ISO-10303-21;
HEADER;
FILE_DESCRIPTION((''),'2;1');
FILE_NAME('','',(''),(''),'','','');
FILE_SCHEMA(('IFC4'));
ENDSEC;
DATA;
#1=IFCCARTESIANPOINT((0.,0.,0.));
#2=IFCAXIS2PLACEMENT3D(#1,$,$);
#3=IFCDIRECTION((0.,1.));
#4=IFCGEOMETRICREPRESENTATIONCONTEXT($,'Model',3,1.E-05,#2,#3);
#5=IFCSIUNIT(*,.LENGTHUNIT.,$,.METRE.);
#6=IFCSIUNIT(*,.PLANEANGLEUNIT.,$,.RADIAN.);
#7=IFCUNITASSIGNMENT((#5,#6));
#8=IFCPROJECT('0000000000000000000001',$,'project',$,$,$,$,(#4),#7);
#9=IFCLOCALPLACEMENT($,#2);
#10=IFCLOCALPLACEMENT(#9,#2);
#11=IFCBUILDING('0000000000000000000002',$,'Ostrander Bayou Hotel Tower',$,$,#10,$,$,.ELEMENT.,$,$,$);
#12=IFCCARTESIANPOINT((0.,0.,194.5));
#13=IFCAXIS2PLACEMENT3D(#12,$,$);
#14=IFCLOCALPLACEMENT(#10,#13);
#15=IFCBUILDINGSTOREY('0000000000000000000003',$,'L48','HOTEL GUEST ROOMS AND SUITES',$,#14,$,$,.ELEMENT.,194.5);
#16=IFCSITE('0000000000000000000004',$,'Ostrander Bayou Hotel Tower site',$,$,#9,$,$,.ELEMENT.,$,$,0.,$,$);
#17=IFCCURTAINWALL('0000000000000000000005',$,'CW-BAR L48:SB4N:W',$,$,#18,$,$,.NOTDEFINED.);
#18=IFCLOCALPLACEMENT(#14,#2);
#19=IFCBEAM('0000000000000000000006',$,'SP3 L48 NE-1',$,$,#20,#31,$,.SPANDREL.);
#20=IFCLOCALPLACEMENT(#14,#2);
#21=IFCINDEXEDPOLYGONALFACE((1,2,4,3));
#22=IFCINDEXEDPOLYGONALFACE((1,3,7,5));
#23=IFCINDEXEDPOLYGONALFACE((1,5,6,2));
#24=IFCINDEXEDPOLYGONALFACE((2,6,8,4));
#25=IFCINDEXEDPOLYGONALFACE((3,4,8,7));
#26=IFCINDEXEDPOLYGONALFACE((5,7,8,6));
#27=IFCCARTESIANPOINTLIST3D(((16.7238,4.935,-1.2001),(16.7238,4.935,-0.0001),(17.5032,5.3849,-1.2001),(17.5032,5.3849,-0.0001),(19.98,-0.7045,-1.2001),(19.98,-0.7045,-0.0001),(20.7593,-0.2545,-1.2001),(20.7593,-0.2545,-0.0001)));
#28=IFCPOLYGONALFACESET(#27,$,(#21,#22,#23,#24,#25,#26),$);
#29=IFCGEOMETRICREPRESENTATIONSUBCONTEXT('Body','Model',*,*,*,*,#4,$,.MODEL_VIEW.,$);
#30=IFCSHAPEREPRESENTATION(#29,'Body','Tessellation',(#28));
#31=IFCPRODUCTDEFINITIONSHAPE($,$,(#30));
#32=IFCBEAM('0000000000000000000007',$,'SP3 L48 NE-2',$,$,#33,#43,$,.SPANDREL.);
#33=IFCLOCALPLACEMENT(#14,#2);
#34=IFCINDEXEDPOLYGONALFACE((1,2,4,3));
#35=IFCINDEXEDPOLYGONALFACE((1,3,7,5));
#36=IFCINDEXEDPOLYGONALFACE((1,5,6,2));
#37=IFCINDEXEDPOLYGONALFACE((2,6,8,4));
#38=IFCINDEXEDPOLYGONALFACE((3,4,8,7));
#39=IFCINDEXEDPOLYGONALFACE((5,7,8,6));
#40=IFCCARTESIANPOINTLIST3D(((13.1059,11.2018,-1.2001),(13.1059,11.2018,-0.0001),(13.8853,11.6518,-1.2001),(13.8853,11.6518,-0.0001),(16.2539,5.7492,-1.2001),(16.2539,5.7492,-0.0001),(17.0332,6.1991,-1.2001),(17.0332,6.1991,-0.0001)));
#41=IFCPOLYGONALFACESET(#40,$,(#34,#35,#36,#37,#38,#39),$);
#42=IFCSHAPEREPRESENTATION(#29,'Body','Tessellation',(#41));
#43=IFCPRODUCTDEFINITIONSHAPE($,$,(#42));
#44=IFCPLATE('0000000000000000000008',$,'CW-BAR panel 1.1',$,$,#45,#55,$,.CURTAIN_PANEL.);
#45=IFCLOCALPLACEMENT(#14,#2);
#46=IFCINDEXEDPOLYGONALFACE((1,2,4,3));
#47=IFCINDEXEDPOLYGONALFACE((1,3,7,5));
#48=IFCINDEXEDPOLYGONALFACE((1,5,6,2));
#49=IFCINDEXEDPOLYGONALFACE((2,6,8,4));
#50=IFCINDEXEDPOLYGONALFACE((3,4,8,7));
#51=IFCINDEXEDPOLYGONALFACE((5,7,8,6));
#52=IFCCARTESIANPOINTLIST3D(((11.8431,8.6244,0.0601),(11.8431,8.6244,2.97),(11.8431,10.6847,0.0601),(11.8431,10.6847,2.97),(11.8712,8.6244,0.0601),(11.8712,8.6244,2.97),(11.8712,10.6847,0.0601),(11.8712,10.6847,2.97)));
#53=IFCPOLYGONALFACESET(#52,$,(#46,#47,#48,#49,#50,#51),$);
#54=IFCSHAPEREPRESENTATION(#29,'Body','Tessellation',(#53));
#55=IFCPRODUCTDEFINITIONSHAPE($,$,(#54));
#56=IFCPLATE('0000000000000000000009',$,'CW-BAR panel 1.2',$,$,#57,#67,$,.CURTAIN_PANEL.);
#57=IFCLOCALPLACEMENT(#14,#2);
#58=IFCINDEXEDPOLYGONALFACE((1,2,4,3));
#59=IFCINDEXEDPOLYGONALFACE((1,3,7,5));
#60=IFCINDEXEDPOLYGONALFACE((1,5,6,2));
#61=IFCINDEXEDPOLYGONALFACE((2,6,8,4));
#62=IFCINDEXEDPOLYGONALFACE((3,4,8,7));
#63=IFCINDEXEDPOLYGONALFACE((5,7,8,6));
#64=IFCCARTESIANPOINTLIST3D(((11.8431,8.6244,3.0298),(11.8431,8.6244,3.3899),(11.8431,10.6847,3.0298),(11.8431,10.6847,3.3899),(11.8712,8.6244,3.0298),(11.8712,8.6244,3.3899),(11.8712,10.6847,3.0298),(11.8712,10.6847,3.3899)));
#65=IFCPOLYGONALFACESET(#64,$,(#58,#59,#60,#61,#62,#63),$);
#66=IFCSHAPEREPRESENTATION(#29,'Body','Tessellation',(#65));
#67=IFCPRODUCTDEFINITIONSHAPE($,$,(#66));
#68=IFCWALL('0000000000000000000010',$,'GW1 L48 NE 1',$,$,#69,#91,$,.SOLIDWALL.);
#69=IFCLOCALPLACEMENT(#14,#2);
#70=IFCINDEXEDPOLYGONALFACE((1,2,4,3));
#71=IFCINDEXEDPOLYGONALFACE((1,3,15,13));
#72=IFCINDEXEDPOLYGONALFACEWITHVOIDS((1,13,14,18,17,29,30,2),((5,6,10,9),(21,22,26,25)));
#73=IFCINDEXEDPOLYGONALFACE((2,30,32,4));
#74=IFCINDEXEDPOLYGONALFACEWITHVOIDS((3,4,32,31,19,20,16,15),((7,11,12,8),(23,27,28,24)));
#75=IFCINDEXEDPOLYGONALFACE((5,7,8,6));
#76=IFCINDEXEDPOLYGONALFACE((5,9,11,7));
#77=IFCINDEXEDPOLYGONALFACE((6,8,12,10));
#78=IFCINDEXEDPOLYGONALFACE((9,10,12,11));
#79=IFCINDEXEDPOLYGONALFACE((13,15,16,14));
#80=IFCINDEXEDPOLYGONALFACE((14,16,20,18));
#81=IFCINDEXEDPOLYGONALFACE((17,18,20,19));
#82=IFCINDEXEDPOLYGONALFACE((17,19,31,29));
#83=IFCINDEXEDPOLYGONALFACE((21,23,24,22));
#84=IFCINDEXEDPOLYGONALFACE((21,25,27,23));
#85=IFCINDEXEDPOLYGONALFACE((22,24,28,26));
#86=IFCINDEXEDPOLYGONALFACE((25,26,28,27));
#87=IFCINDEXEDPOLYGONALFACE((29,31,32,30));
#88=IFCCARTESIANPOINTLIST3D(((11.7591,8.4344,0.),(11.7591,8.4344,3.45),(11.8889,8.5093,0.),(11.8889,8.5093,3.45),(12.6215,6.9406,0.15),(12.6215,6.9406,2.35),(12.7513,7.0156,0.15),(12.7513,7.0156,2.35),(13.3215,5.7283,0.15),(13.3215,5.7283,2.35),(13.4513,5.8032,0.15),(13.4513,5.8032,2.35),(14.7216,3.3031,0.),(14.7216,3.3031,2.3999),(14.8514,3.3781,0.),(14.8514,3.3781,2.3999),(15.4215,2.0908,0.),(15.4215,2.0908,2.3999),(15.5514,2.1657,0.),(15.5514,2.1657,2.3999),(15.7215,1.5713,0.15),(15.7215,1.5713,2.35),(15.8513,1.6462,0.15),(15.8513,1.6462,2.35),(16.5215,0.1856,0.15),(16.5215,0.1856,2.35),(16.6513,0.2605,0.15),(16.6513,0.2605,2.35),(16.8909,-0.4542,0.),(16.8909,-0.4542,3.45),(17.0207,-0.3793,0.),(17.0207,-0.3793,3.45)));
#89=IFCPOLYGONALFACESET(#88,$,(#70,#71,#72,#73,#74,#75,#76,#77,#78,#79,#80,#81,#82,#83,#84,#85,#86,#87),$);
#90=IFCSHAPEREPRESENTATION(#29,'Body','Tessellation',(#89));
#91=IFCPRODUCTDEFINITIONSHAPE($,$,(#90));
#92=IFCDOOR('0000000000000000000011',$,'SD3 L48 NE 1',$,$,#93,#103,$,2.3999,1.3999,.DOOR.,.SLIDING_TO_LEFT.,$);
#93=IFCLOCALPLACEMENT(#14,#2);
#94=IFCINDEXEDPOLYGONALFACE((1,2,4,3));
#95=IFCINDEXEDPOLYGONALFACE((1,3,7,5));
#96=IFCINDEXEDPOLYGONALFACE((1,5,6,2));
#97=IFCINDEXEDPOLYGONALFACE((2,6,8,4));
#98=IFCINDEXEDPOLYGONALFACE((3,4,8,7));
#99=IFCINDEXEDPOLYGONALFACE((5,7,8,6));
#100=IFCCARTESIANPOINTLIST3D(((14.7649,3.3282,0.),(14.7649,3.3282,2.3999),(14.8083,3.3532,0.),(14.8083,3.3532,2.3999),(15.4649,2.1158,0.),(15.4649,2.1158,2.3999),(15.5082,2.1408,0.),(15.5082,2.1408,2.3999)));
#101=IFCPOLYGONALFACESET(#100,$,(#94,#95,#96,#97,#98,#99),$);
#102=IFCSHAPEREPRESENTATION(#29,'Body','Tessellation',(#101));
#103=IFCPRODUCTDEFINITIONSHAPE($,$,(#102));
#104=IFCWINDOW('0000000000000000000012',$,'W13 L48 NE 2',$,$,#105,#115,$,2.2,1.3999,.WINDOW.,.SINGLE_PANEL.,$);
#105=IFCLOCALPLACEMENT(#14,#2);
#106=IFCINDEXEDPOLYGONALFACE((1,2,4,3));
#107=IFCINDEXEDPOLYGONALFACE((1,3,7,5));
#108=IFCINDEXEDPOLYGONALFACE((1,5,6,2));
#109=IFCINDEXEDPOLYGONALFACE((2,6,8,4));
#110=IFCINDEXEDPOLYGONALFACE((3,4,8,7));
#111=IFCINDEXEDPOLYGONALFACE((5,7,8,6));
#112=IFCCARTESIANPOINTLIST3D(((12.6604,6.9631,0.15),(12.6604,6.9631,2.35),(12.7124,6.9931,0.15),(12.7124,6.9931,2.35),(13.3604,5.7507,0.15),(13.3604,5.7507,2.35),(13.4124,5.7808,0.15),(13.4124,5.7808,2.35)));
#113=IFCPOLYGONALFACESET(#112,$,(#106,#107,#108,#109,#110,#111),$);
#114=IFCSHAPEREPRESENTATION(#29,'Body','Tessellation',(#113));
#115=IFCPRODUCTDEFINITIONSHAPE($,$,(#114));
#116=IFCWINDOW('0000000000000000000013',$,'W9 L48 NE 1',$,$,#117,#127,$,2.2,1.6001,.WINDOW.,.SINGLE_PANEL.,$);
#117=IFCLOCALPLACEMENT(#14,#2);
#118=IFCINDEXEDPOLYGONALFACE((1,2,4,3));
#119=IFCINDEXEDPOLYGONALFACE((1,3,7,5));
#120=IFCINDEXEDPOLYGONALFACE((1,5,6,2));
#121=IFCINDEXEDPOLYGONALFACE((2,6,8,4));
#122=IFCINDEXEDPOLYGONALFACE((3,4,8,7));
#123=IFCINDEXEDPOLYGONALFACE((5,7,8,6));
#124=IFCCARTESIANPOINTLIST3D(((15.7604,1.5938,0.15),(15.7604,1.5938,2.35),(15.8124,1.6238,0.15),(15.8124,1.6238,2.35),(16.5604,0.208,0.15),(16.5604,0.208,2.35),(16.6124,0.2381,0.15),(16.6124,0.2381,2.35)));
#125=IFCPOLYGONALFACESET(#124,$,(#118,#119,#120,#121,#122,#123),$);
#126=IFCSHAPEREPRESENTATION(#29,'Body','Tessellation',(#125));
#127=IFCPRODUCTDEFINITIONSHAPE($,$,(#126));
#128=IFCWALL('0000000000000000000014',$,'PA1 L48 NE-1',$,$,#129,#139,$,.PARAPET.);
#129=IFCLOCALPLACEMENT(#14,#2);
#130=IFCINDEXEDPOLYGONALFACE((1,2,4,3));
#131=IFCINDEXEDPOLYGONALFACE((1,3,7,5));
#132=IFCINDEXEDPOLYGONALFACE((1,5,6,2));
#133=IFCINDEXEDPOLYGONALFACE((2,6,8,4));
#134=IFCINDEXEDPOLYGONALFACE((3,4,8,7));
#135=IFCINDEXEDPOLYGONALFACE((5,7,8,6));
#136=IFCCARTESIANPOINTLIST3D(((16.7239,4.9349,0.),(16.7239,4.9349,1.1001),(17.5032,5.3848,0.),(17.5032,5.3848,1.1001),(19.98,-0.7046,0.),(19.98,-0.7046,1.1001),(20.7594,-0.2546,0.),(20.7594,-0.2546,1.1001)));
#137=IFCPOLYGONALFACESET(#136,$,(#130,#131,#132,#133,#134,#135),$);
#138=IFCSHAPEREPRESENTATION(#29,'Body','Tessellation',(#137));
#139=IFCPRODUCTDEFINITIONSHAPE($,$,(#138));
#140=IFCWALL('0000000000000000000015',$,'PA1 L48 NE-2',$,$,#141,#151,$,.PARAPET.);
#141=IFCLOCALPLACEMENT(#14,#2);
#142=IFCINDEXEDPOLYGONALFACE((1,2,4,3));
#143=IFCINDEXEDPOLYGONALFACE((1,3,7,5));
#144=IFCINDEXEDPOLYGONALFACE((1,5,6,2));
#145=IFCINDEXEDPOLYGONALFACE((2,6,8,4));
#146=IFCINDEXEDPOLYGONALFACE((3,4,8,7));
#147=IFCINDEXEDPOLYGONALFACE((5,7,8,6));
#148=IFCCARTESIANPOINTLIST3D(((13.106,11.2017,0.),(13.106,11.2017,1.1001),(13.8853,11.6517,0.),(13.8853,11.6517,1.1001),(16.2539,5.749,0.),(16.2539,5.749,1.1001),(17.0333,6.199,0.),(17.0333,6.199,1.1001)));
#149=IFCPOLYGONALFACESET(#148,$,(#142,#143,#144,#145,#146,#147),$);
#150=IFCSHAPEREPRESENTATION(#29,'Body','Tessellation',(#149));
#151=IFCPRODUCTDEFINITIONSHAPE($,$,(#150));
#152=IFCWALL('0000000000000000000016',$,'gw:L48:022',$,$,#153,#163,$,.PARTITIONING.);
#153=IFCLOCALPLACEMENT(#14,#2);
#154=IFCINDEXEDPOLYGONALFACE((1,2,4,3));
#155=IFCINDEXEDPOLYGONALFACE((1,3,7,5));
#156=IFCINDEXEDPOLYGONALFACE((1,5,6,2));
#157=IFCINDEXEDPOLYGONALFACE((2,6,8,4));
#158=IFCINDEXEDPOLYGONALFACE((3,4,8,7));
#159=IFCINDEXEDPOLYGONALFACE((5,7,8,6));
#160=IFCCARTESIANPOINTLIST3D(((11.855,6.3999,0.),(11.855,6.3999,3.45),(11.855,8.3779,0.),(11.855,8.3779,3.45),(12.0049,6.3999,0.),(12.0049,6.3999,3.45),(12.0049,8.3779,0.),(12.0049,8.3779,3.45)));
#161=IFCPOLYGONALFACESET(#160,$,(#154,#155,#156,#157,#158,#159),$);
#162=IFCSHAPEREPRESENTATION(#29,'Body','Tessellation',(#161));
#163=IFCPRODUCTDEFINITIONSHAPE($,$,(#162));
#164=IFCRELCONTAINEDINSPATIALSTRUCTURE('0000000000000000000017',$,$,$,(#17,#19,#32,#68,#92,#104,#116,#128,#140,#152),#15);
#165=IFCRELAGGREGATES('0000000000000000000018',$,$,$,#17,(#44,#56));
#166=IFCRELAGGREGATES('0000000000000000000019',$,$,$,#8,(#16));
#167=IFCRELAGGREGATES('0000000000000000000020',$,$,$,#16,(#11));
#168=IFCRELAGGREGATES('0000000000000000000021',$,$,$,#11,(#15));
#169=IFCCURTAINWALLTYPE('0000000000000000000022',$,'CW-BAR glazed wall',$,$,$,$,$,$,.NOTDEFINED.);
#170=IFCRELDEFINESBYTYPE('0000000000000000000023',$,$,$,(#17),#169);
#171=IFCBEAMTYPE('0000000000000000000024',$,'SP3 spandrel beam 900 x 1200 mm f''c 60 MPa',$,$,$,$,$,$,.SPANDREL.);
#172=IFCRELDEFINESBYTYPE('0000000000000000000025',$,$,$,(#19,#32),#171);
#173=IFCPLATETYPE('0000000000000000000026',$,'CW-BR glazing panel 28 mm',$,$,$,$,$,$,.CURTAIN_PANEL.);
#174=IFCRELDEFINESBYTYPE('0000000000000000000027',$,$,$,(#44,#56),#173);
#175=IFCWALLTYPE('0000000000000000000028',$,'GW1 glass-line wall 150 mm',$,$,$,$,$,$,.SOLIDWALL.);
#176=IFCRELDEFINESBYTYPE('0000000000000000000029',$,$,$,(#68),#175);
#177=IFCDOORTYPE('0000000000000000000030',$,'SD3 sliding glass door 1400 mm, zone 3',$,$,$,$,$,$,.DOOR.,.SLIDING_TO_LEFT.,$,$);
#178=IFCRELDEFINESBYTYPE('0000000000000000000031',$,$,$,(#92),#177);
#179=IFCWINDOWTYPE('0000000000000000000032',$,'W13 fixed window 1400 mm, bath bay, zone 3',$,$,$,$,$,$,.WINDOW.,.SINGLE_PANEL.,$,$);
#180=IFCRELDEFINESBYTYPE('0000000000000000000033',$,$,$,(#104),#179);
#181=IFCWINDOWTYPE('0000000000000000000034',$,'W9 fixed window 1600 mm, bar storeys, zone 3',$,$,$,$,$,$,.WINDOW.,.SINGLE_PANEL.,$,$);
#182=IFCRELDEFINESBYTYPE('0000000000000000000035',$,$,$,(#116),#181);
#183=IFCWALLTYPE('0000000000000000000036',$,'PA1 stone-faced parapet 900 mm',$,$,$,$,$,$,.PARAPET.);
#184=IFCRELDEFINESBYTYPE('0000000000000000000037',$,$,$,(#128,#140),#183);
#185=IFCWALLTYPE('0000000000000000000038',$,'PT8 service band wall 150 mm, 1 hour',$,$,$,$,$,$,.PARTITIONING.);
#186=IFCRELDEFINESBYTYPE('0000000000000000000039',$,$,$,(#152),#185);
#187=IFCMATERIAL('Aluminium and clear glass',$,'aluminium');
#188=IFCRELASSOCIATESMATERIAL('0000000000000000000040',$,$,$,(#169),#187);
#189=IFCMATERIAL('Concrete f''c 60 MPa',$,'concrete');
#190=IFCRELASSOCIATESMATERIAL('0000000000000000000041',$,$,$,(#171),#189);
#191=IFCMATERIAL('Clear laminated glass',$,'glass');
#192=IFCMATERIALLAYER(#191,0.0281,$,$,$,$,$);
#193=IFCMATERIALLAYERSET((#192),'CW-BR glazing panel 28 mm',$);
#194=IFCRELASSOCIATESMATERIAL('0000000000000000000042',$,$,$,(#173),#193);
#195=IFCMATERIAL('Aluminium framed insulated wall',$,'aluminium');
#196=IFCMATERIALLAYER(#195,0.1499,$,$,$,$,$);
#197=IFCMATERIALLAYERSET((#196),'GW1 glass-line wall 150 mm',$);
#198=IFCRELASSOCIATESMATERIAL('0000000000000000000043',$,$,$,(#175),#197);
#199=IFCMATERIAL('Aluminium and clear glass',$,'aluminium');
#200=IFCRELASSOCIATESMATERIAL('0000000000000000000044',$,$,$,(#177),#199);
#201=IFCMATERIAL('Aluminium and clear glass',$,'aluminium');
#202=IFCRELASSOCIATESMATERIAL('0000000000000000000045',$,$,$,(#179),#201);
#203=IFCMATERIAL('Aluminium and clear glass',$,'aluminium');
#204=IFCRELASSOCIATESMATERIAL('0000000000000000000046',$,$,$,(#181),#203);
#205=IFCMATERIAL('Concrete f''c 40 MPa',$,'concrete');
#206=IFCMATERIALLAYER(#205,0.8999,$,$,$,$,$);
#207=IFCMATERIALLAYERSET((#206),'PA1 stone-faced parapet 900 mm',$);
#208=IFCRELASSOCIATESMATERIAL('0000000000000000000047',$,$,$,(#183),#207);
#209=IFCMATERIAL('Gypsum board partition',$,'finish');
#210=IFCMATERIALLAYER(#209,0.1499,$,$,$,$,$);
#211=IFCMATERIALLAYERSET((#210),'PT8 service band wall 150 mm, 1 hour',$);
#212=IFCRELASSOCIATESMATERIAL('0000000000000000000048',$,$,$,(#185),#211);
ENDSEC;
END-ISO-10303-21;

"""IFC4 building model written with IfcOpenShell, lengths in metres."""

from ifc_helpers import new_model, si_unit, direction, frame, frame_2d, origin, origin_2d, place, context, subcontext, project, spatial, rectangle, extrude, material, layer, layer_set, material_profile, profile_set, type_object, element, fill, aggregate, save


model = new_model("IFC4")

# Units and contexts
model_context = context("Model", 3, precision=1e-05, world=origin(), true_north=direction((0.0, 1.0)))
body_context = subcontext(model_context, "Body", "Model", "MODEL_VIEW")
ifc_project = project(units=[si_unit("LENGTHUNIT", "METRE"), si_unit("PLANEANGLEUNIT", "RADIAN")], contexts=[model_context])

# Site, building, storey
site_placement = place(None, origin())
site = spatial("IfcSite", under=ifc_project, at=site_placement, Name="Ostrander Bayou Hotel Tower site", CompositionType="ELEMENT", RefElevation=0.0)
building_placement = place(site_placement, origin())
building = spatial("IfcBuilding", under=site, at=building_placement, Name="Ostrander Bayou Hotel Tower", CompositionType="ELEMENT")
storey_placement = place(building_placement, frame((0.0, 0.0, 194.5)))
storey = spatial("IfcBuildingStorey", under=building, at=storey_placement, Name="L48", Description="HOTEL GUEST ROOMS AND SUITES", CompositionType="ELEMENT", Elevation=194.5)

# Curtain wall
ifc_material_1 = material(Name="Aluminium and clear glass", Category="aluminium")
curtain_wall_type = type_object("IfcCurtainWallType", Name="CW-BAR glazed wall", PredefinedType="NOTDEFINED", material=ifc_material_1)
curtain_wall_placement = place(storey_placement, origin())
curtain_wall = element("IfcCurtainWall", 1, at=curtain_wall_placement, inside=storey, type_object=curtain_wall_type, Name="CW-BAR L48:SB4N:W", PredefinedType="NOTDEFINED")

# Beams
ifc_material_2 = material(Name="Concrete f'c 60 MPa", Category="concrete")
ifc_material_profile_1 = material_profile(ifc_material_2, rectangle(XDim=0.8999, YDim=1.2, at=origin_2d()))
ifc_profile_set_1 = profile_set([ifc_material_profile_1], Name="Concrete f'c 60 MPa")
beam_type_1 = type_object("IfcBeamType", Name="SP3 spandrel beam 900 x 1200 mm f'c 60 MPa", PredefinedType="SPANDREL", material=ifc_profile_set_1)
beam_1_placement = place(storey_placement, frame((20.3696, -0.4795, -0.6001), z_axis=(-0.500022, 0.866013, 0.0), x_axis=(-0.866013, -0.500022, 0.0)))
element("IfcBeam", 2, at=beam_1_placement, inside=storey, type_object=beam_type_1, Name="SP3 L48 NE-1", PredefinedType="SPANDREL", context=body_context, shape_type="SweptSolid", body=[
    extrude(rectangle(XDim=0.8999, YDim=1.2, at=origin_2d()), origin(), (0.0, 0.0, 1.0), 6.512),
])
beam_2_placement = place(storey_placement, frame((16.6436, 5.9741, -0.6001), z_axis=(-0.499984, 0.866034, 0.0), x_axis=(-0.866034, -0.499984, 0.0)))
element("IfcBeam", 3, at=beam_2_placement, inside=storey, type_object=beam_type_1, Name="SP3 L48 NE-2", PredefinedType="SPANDREL", context=body_context, shape_type="SweptSolid", body=[
    extrude(rectangle(XDim=0.8999, YDim=1.2, at=origin_2d()), origin(), (0.0, 0.0, 1.0), 6.2961),
])

# Plates
ifc_material_3 = material(Name="Clear laminated glass", Category="glass")
ifc_layer_1 = layer(ifc_material_3, 0.0281)
ifc_layer_set_1 = layer_set([ifc_layer_1], Name="CW-BR glazing panel 28 mm")
plate_type = type_object("IfcPlateType", Name="CW-BR glazing panel 28 mm", PredefinedType="CURTAIN_PANEL", material=ifc_layer_set_1)
plate_1_placement = place(storey_placement, frame((11.8572, 9.6545, 0.0601), z_axis=(0.0, 0.0, 1.0), x_axis=(0.0, 1.0, 0.0)))
plate_1 = element("IfcPlate", 4, at=plate_1_placement, type_object=plate_type, Name="CW-BAR panel 1.1", PredefinedType="CURTAIN_PANEL", context=body_context, shape_type="SweptSolid", body=[
    extrude(rectangle(XDim=2.0603, YDim=0.0281, at=origin_2d()), origin(), (0.0, 0.0, 1.0), 2.9099),
])
plate_2_placement = place(storey_placement, frame((11.8572, 9.6545, 3.0298), z_axis=(0.0, 0.0, 1.0), x_axis=(0.0, 1.0, 0.0)))
plate_2 = element("IfcPlate", 5, at=plate_2_placement, type_object=plate_type, Name="CW-BAR panel 1.2", PredefinedType="CURTAIN_PANEL", context=body_context, shape_type="SweptSolid", body=[
    extrude(rectangle(XDim=2.0603, YDim=0.0281, at=origin_2d()), origin(), (0.0, 0.0, 1.0), 0.3601),
])
aggregate(curtain_wall, [plate_1, plate_2])

# Wall, openings, door, windows
ifc_material_4 = material(Name="Aluminium framed insulated wall", Category="aluminium")
ifc_layer_2 = layer(ifc_material_4, 0.1499)
ifc_layer_set_2 = layer_set([ifc_layer_2], Name="GW1 glass-line wall 150 mm")
wall_type_1 = type_object("IfcWallType", Name="GW1 glass-line wall 150 mm", PredefinedType="SOLIDWALL", material=ifc_layer_set_2)
wall_1_placement = place(storey_placement, frame((16.9558, -0.4167, 0.0), z_axis=(0.0, 0.0, 1.0), x_axis=(-0.499997, 0.866027, 0.0)))
wall_1 = element("IfcWall", 6, at=wall_1_placement, inside=storey, type_object=wall_type_1, Name="GW1 L48 NE 1", PredefinedType="SOLIDWALL", context=body_context, shape_type="SweptSolid", body=[
    extrude(rectangle(XDim=10.2637, YDim=0.1499, at=frame_2d((5.1318, 0.0))), origin(), (0.0, 0.0, 1.0), 3.45),
])
opening_1_placement = place(wall_1_placement, frame((0.7388, 0.0, 0.1499)))
opening_1 = element("IfcOpeningElement", 7, at=opening_1_placement, cuts=wall_1, PredefinedType="OPENING", context=body_context, shape_type="SweptSolid", body=[
    extrude(rectangle(XDim=1.6001, YDim=2.2, at=frame_2d((0.8, 1.1001))), frame((0.0, 0.075, 0.0), z_axis=(0.0, -1.0, 0.0), x_axis=(1.0, 0.0, 0.0)), (0.0, 0.0, 1.0), 0.1499),
])
opening_2_placement = place(wall_1_placement, frame((2.9387, 0.0, 0.0)))
opening_2 = element("IfcOpeningElement", 8, at=opening_2_placement, cuts=wall_1, PredefinedType="OPENING", context=body_context, shape_type="SweptSolid", body=[
    extrude(rectangle(XDim=1.3999, YDim=2.3999, at=frame_2d((0.7, 1.2))), frame((0.0, 0.075, 0.0), z_axis=(0.0, -1.0, 0.0), x_axis=(1.0, 0.0, 0.0)), (0.0, 0.0, 1.0), 0.1499),
])
opening_3_placement = place(wall_1_placement, frame((7.1389, 0.0, 0.1499)))
opening_3 = element("IfcOpeningElement", 9, at=opening_3_placement, cuts=wall_1, PredefinedType="OPENING", context=body_context, shape_type="SweptSolid", body=[
    extrude(rectangle(XDim=1.3999, YDim=2.2, at=frame_2d((0.7, 1.1001))), frame((0.0, 0.075, 0.0), z_axis=(0.0, -1.0, 0.0), x_axis=(1.0, 0.0, 0.0)), (0.0, 0.0, 1.0), 0.1499),
])
ifc_material_5 = material(Name="Aluminium and clear glass", Category="aluminium")
door_type = type_object("IfcDoorType", Name="SD3 sliding glass door 1400 mm, zone 3", OperationType="SLIDING_TO_LEFT", PredefinedType="DOOR", material=ifc_material_5)
door_placement = place(opening_2_placement, origin())
door = element("IfcDoor", 10, at=door_placement, inside=storey, type_object=door_type, Name="SD3 L48 NE 1", OperationType="SLIDING_TO_LEFT", OverallHeight=2.3999, OverallWidth=1.3999, PredefinedType="DOOR", context=body_context, shape_type="SweptSolid", body=[
    extrude(rectangle(XDim=1.3999, YDim=2.3999, at=frame_2d((0.7, 1.2))), frame((0.0, 0.0249, 0.0), z_axis=(0.0, -1.0, 0.0), x_axis=(1.0, 0.0, 0.0)), (0.0, 0.0, 1.0), 0.05),
])
fill(opening_2, door)
ifc_material_6 = material(Name="Aluminium and clear glass", Category="aluminium")
window_type_1 = type_object("IfcWindowType", Name="W13 fixed window 1400 mm, bath bay, zone 3", PartitioningType="SINGLE_PANEL", PredefinedType="WINDOW", material=ifc_material_6)
window_1_placement = place(opening_3_placement, origin())
window_1 = element("IfcWindow", 11, at=window_1_placement, inside=storey, type_object=window_type_1, Name="W13 L48 NE 2", OverallHeight=2.2, OverallWidth=1.3999, PartitioningType="SINGLE_PANEL", PredefinedType="WINDOW", context=body_context, shape_type="SweptSolid", body=[
    extrude(rectangle(XDim=1.3999, YDim=2.2, at=frame_2d((0.7, 1.1001))), frame((0.0, 0.03, 0.0), z_axis=(0.0, -1.0, 0.0), x_axis=(1.0, 0.0, 0.0)), (0.0, 0.0, 1.0), 0.0601),
])
fill(opening_3, window_1)
ifc_material_7 = material(Name="Aluminium and clear glass", Category="aluminium")
window_type_2 = type_object("IfcWindowType", Name="W9 fixed window 1600 mm, bar storeys, zone 3", PartitioningType="SINGLE_PANEL", PredefinedType="WINDOW", material=ifc_material_7)
window_2_placement = place(opening_1_placement, origin())
window_2 = element("IfcWindow", 12, at=window_2_placement, inside=storey, type_object=window_type_2, Name="W9 L48 NE 1", OverallHeight=2.2, OverallWidth=1.6001, PartitioningType="SINGLE_PANEL", PredefinedType="WINDOW", context=body_context, shape_type="SweptSolid", body=[
    extrude(rectangle(XDim=1.6001, YDim=2.2, at=frame_2d((0.8, 1.1001))), frame((0.0, 0.03, 0.0), z_axis=(0.0, -1.0, 0.0), x_axis=(1.0, 0.0, 0.0)), (0.0, 0.0, 1.0), 0.0601),
])
fill(opening_1, window_2)

# Walls
ifc_material_8 = material(Name="Concrete f'c 40 MPa", Category="concrete")
ifc_layer_3 = layer(ifc_material_8, 0.8999)
ifc_layer_set_3 = layer_set([ifc_layer_3], Name="PA1 stone-faced parapet 900 mm")
wall_type_2 = type_object("IfcWallType", Name="PA1 stone-faced parapet 900 mm", PredefinedType="PARAPET", material=ifc_layer_set_3)
wall_2_placement = place(storey_placement, frame((20.3696, -0.4795, 0.0), z_axis=(0.0, 0.0, 1.0), x_axis=(-0.500022, 0.866013, 0.0)))
element("IfcWall", 13, at=wall_2_placement, inside=storey, type_object=wall_type_2, Name="PA1 L48 NE-1", PredefinedType="PARAPET", context=body_context, shape_type="SweptSolid", body=[
    extrude(rectangle(XDim=6.512, YDim=0.8999, at=frame_2d((3.2559, 0.0))), origin(), (0.0, 0.0, 1.0), 1.1001),
])
wall_3_placement = place(storey_placement, frame((16.6436, 5.9741, 0.0), z_axis=(0.0, 0.0, 1.0), x_axis=(-0.499984, 0.866034, 0.0)))
element("IfcWall", 14, at=wall_3_placement, inside=storey, type_object=wall_type_2, Name="PA1 L48 NE-2", PredefinedType="PARAPET", context=body_context, shape_type="SweptSolid", body=[
    extrude(rectangle(XDim=6.2961, YDim=0.8999, at=frame_2d((3.1479, 0.0))), origin(), (0.0, 0.0, 1.0), 1.1001),
])
ifc_material_9 = material(Name="Gypsum board partition", Category="finish")
ifc_layer_4 = layer(ifc_material_9, 0.1499)
ifc_layer_set_4 = layer_set([ifc_layer_4], Name="PT8 service band wall 150 mm, 1 hour")
wall_type_3 = type_object("IfcWallType", Name="PT8 service band wall 150 mm, 1 hour", PredefinedType="PARTITIONING", material=ifc_layer_set_4)
wall_4_placement = place(storey_placement, frame((11.9299, 6.3999, 0.0), z_axis=(0.0, 0.0, 1.0), x_axis=(0.0, 1.0, 0.0)))
element("IfcWall", 15, at=wall_4_placement, inside=storey, type_object=wall_type_3, Name="gw:L48:022", PredefinedType="PARTITIONING", context=body_context, shape_type="SweptSolid", body=[
    extrude(rectangle(XDim=1.978, YDim=0.1499, at=frame_2d((0.989, 0.0))), origin(), (0.0, 0.0, 1.0), 3.45),
])

save(model, "model.ifc")
